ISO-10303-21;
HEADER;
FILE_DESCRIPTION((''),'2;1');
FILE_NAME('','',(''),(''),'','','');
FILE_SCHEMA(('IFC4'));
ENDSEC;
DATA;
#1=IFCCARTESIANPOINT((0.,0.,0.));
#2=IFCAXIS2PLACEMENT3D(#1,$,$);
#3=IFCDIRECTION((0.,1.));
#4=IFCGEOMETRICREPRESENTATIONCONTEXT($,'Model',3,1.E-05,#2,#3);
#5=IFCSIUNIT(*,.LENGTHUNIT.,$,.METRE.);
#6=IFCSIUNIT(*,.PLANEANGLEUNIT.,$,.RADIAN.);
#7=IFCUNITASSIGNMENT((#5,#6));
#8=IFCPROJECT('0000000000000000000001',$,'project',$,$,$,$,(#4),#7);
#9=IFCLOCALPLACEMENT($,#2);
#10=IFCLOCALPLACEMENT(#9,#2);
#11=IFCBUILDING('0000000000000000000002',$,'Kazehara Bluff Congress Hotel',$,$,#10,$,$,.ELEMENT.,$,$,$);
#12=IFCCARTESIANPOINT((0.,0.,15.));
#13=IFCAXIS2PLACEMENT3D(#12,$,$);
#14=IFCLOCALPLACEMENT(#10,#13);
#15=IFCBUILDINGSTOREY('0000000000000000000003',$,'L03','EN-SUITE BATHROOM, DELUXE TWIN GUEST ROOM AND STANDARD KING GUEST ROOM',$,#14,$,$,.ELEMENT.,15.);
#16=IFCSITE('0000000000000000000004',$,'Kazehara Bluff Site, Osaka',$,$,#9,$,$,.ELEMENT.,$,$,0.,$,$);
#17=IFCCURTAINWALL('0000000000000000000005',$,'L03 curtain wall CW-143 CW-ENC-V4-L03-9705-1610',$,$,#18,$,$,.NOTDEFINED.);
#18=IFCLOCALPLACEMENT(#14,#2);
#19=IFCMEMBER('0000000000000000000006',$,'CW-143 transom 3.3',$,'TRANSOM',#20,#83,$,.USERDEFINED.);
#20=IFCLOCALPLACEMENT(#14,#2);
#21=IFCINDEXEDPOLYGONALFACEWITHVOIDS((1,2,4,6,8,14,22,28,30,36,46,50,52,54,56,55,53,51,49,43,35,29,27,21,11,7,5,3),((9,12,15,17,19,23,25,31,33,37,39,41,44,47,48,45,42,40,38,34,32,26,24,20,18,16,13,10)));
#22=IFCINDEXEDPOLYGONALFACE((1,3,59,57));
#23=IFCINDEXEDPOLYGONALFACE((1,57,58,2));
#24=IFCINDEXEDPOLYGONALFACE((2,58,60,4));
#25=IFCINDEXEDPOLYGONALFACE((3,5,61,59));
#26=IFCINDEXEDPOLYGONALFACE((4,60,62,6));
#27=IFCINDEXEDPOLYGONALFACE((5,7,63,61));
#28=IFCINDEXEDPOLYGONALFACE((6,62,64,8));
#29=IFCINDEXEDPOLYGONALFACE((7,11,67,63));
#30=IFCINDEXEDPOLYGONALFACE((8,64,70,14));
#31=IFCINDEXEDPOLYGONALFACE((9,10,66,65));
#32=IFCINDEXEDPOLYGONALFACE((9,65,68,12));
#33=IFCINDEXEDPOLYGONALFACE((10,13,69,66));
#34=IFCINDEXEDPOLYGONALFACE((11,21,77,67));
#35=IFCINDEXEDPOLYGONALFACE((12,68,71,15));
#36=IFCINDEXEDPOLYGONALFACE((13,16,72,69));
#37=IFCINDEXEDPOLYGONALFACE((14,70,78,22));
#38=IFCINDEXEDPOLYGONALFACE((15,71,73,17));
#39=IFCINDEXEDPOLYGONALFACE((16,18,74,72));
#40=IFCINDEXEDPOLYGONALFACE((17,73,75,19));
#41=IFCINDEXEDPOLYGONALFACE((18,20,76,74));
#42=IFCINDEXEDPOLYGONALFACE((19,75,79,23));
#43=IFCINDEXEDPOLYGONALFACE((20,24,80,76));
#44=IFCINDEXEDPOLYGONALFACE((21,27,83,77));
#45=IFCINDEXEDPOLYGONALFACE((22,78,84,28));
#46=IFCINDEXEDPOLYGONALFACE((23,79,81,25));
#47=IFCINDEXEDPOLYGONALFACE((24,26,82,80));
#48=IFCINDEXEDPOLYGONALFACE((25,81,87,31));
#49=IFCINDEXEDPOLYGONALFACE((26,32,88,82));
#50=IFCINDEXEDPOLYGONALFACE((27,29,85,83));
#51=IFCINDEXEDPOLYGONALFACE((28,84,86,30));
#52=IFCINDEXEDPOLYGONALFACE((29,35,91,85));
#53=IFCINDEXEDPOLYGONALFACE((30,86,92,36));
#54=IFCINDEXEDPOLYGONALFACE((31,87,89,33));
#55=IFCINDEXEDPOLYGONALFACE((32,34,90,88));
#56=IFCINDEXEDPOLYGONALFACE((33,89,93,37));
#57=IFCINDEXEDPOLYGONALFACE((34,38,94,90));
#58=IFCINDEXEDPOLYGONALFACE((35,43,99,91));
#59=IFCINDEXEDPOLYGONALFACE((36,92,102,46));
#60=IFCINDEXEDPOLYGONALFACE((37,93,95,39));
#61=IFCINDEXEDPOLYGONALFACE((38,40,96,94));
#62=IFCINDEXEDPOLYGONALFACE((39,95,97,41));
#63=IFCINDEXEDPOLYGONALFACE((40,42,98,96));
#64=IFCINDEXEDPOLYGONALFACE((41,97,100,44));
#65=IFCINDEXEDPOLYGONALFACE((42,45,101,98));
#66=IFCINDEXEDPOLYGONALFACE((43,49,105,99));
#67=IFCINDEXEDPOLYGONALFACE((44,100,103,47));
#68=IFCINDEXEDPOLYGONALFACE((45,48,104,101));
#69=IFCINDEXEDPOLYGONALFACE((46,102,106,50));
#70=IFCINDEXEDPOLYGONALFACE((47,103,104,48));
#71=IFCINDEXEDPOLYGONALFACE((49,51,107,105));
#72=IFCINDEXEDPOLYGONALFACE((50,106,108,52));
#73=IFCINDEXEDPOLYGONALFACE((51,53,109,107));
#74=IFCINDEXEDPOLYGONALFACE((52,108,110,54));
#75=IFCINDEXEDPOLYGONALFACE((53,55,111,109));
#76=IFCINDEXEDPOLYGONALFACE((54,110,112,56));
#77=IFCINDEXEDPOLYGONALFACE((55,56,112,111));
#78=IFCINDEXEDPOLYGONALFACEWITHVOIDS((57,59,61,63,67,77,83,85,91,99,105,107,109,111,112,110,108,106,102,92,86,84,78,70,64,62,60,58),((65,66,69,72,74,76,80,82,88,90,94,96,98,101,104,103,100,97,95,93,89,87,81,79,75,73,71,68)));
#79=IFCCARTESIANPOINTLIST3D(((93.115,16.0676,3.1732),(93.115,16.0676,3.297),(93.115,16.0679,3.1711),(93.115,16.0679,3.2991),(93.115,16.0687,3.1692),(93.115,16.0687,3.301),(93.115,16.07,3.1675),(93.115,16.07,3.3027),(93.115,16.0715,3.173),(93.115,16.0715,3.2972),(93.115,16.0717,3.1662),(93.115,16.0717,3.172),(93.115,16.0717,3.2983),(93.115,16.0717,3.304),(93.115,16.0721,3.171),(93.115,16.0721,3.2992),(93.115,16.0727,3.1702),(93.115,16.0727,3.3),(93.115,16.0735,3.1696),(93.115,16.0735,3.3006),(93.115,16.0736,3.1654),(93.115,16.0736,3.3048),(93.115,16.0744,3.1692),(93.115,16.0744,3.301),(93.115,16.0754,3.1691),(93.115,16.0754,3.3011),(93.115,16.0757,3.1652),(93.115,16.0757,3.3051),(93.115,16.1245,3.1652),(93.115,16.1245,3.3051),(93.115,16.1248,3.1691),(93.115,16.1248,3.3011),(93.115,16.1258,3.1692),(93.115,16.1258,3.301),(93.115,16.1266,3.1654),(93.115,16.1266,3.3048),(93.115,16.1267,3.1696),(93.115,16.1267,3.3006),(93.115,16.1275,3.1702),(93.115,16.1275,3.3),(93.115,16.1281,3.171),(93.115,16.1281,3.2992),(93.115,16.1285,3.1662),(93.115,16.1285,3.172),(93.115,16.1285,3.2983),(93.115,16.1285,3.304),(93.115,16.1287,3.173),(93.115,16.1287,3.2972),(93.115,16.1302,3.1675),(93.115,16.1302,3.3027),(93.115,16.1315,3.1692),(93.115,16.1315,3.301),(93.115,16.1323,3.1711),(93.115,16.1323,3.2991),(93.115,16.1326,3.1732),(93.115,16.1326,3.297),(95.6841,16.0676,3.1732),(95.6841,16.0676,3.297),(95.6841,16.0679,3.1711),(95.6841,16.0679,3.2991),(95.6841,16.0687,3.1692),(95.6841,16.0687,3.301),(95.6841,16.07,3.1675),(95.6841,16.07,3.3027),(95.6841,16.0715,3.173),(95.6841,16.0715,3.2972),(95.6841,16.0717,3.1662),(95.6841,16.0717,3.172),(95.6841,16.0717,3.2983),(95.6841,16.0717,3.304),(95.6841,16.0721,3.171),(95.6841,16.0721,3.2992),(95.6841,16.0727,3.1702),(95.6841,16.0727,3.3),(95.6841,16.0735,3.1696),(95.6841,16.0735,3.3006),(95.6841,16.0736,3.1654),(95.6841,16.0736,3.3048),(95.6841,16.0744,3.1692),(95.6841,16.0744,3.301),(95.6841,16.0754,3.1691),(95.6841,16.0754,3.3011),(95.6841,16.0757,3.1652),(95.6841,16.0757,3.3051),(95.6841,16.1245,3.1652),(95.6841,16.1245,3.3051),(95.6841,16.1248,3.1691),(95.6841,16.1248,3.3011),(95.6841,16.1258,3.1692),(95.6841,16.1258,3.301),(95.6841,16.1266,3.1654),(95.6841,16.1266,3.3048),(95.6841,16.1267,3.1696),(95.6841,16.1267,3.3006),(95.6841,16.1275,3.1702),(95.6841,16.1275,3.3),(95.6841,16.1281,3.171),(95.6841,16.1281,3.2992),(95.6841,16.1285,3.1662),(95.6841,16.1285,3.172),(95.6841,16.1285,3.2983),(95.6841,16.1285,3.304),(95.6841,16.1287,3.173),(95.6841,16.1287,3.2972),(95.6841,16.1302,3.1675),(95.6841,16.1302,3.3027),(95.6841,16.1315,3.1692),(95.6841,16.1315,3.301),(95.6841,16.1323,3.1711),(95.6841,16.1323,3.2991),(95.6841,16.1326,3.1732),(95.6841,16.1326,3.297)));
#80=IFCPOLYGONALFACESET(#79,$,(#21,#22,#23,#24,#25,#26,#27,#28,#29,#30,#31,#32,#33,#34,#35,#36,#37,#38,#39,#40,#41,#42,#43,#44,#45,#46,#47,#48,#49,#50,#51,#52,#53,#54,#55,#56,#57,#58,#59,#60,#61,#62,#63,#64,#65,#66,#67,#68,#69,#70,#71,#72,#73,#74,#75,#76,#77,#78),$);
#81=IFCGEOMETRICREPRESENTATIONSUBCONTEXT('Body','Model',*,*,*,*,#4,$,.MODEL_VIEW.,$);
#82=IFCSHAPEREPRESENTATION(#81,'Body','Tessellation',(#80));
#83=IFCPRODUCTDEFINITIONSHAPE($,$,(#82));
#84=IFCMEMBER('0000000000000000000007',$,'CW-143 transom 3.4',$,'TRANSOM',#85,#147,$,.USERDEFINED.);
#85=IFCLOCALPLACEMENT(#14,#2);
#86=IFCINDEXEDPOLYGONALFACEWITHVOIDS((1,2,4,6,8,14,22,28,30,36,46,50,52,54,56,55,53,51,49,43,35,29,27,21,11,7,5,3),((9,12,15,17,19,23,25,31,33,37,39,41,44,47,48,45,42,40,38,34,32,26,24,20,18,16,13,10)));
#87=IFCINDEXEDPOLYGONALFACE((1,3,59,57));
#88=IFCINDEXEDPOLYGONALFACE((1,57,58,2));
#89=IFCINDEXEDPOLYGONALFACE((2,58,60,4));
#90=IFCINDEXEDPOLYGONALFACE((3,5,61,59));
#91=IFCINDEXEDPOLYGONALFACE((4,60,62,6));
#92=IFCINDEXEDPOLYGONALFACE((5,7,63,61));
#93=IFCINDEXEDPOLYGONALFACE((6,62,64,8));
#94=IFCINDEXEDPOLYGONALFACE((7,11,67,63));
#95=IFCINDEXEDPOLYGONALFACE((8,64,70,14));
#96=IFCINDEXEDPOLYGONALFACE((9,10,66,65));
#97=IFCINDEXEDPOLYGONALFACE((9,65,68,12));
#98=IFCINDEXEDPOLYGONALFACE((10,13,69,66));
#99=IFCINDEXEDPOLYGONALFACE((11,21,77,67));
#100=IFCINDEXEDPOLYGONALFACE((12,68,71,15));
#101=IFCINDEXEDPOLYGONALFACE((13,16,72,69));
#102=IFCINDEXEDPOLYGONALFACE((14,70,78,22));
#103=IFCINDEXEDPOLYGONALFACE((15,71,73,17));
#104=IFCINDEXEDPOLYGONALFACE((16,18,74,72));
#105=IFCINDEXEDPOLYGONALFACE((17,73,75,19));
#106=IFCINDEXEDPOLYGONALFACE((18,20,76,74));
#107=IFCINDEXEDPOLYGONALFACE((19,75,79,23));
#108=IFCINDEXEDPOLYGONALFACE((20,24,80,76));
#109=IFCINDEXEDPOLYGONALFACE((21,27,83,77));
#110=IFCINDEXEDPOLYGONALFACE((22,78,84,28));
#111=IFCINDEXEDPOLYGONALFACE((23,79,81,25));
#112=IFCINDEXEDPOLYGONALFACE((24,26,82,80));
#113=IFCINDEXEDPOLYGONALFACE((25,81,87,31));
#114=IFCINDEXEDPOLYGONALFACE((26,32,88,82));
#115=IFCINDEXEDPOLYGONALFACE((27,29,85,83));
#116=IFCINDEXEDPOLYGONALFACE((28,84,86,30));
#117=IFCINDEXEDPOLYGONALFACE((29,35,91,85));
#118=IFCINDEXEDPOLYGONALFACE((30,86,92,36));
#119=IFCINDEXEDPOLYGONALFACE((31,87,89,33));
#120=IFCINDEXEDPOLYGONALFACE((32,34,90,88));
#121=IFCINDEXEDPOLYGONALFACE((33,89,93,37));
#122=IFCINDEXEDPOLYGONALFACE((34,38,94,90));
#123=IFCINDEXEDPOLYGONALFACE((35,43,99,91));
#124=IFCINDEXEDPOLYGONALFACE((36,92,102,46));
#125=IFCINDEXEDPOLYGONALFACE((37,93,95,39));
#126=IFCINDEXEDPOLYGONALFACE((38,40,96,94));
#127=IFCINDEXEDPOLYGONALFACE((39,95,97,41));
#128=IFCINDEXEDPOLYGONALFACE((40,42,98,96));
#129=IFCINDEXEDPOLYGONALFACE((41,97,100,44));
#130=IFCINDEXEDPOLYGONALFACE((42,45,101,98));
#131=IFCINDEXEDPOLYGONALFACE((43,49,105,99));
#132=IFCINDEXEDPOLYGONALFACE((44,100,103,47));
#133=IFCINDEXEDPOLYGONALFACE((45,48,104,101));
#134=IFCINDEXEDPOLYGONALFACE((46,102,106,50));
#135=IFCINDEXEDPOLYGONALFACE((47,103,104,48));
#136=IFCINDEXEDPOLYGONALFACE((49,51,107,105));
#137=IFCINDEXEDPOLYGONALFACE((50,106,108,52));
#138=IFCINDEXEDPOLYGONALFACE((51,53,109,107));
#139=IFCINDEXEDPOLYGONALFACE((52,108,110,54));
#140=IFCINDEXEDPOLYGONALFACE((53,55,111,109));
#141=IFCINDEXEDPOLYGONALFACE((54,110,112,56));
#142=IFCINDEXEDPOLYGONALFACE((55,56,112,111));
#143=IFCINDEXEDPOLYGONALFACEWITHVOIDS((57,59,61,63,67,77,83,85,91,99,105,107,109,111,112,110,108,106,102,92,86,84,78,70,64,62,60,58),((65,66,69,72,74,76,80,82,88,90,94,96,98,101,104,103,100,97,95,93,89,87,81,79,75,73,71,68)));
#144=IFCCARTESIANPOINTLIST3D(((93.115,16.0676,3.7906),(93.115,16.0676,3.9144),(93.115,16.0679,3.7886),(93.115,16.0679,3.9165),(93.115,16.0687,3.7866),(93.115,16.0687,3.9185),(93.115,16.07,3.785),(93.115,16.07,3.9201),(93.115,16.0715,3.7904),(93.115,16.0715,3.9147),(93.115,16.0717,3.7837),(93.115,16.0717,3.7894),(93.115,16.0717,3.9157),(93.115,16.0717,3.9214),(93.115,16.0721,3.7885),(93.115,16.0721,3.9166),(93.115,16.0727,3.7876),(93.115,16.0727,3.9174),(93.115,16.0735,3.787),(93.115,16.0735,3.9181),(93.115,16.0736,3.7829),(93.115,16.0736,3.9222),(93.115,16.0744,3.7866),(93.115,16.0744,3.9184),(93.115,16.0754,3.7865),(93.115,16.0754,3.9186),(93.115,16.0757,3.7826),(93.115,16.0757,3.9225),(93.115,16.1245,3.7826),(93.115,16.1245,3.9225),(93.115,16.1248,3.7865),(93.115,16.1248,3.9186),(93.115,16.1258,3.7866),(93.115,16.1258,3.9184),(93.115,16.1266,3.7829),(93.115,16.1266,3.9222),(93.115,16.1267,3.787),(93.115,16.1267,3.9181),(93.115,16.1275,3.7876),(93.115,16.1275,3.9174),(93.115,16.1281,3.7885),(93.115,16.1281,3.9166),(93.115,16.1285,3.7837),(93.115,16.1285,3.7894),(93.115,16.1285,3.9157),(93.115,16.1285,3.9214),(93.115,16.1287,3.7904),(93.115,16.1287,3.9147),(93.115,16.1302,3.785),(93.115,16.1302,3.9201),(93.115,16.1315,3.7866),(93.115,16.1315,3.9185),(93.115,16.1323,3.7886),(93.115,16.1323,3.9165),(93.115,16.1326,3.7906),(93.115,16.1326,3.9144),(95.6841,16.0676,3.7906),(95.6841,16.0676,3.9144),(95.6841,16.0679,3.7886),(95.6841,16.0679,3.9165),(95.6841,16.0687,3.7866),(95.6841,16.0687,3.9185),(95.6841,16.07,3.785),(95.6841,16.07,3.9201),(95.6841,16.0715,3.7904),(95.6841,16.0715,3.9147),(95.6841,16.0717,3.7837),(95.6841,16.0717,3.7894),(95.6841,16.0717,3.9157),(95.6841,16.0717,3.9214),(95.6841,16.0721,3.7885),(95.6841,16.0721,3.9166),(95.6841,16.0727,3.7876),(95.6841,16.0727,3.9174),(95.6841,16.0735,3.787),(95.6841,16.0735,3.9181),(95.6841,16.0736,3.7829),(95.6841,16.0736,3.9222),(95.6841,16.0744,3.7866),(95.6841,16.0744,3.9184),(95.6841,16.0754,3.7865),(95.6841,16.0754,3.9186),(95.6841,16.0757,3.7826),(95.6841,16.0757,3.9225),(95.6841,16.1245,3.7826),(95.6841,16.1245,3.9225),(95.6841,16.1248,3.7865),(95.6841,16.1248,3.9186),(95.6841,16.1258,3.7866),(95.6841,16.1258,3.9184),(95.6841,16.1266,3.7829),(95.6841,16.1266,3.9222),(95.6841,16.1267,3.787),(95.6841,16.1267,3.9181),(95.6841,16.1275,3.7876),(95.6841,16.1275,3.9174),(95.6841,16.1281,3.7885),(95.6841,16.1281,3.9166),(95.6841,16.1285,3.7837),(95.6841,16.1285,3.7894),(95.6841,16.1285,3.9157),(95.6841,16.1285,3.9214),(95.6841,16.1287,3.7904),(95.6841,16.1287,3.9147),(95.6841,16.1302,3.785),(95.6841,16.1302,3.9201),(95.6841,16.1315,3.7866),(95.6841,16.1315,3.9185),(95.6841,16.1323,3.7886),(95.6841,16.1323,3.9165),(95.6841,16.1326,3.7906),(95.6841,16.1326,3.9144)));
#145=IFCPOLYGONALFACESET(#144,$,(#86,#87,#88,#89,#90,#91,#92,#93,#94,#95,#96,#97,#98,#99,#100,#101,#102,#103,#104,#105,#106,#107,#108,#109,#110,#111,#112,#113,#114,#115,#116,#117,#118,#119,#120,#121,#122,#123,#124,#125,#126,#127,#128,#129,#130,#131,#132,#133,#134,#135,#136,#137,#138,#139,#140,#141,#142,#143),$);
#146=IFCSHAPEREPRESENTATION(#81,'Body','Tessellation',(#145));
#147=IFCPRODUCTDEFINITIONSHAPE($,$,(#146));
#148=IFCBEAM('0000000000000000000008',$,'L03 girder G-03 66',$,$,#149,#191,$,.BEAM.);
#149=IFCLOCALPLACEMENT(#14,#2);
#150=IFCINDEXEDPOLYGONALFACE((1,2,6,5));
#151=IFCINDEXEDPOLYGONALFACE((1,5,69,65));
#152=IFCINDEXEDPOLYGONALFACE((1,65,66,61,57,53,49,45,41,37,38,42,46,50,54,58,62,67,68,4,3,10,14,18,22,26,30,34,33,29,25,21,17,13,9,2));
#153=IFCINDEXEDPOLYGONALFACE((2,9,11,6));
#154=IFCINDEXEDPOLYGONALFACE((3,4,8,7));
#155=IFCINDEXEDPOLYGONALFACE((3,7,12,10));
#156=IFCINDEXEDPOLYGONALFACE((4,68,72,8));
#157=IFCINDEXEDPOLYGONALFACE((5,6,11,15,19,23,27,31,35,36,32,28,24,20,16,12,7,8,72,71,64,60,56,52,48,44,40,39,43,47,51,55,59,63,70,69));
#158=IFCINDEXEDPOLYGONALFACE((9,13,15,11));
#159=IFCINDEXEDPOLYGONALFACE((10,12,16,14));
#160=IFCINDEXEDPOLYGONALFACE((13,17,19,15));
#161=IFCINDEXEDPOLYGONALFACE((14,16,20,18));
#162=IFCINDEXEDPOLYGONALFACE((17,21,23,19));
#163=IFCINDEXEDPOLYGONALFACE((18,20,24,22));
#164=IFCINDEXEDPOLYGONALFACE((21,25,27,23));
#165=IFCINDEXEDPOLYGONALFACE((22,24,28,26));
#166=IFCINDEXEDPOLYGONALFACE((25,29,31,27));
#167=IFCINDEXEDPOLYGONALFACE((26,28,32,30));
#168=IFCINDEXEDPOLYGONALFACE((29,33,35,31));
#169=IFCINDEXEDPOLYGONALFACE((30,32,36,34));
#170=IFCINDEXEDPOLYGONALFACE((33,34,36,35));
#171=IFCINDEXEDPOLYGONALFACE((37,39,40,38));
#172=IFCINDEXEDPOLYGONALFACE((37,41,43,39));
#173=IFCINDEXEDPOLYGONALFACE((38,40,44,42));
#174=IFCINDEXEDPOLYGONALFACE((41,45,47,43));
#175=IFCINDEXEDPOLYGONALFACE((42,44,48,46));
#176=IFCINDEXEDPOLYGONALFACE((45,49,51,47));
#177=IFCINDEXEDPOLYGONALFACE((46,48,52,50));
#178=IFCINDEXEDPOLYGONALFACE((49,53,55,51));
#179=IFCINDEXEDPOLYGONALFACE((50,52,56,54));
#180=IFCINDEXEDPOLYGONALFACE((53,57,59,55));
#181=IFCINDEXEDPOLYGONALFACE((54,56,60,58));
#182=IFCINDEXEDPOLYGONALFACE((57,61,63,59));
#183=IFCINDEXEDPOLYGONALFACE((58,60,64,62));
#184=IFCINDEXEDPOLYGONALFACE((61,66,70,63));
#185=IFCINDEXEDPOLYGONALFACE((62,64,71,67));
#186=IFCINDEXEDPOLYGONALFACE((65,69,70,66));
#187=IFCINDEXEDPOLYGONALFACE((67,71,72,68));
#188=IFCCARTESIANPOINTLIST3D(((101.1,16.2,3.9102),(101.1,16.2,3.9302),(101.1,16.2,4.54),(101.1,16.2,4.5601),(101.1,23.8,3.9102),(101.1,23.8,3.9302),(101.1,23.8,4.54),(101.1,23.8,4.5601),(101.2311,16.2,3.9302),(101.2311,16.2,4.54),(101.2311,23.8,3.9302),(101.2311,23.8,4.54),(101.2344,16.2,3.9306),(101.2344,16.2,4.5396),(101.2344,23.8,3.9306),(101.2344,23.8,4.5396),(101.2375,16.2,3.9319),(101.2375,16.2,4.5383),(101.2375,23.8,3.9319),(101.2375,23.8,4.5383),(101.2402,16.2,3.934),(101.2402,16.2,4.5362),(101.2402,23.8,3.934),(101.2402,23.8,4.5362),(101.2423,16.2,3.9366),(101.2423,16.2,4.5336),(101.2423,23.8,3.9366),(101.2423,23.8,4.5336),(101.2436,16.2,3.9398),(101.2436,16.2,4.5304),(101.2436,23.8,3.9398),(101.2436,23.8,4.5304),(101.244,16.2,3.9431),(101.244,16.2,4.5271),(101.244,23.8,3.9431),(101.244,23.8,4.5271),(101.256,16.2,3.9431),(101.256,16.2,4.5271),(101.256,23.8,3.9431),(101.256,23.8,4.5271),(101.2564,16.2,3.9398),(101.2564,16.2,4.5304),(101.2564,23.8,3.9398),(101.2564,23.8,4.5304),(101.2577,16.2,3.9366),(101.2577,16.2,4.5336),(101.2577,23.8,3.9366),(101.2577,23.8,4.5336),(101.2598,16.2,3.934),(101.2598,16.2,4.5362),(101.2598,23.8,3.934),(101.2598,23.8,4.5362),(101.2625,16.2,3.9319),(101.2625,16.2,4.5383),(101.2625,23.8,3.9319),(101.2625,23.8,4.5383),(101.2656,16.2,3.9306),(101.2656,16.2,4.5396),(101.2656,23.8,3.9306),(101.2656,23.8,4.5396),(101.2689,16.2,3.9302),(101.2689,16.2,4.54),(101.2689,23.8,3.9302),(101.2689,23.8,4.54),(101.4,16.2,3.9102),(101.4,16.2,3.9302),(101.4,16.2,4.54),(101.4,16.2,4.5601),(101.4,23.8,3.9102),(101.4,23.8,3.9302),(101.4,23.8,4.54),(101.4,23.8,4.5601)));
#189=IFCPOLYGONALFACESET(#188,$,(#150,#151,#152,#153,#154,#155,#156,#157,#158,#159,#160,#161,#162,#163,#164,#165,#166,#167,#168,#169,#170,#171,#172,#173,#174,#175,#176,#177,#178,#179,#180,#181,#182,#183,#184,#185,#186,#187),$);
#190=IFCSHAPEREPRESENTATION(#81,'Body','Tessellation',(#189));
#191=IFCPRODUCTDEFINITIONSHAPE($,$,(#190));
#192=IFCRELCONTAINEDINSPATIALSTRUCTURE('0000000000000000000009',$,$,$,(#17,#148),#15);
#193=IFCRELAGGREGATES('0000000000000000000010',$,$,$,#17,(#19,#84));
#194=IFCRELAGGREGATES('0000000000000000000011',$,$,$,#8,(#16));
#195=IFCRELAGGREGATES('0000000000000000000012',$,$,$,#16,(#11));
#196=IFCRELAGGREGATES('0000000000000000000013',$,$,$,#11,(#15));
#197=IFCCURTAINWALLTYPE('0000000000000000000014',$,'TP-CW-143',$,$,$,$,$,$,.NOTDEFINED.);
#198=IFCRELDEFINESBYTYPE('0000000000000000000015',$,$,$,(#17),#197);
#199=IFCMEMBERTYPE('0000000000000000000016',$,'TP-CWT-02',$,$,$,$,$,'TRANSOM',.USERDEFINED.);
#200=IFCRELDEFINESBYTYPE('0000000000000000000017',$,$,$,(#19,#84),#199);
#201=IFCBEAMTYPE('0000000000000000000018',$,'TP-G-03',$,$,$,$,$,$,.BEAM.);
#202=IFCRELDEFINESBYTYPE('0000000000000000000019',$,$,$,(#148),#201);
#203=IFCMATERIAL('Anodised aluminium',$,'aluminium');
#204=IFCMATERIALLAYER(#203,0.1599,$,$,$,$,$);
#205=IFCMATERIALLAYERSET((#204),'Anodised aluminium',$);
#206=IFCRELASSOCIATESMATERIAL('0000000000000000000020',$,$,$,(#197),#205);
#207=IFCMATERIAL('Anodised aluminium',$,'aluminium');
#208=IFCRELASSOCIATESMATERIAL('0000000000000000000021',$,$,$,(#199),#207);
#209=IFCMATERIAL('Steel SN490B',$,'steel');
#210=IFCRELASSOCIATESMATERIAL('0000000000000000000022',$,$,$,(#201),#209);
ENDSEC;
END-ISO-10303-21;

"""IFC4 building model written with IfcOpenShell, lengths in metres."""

from ifc_helpers import new_model, si_unit, direction, frame, origin, origin_2d, place, context, subcontext, project, spatial, hollow_rectangle, i_section, extrude, material, layer, layer_set, material_profile, profile_set, type_object, element, aggregate, save


model = new_model("IFC4")

# Units and contexts
model_context = context("Model", 3, precision=1e-05, world=origin(), true_north=direction((0.0, 1.0)))
body_context = subcontext(model_context, "Body", "Model", "MODEL_VIEW")
ifc_project = project(units=[si_unit("LENGTHUNIT", "METRE"), si_unit("PLANEANGLEUNIT", "RADIAN")], contexts=[model_context])

# Site, building, storey
site_placement = place(None, origin())
site = spatial("IfcSite", under=ifc_project, at=site_placement, Name="Kazehara Bluff Site, Osaka", CompositionType="ELEMENT", RefElevation=0.0)
building_placement = place(site_placement, origin())
building = spatial("IfcBuilding", under=site, at=building_placement, Name="Kazehara Bluff Congress Hotel", CompositionType="ELEMENT")
storey_placement = place(building_placement, frame((0.0, 0.0, 15.0)))
storey = spatial("IfcBuildingStorey", under=building, at=storey_placement, Name="L03", Description="EN-SUITE BATHROOM, DELUXE TWIN GUEST ROOM AND STANDARD KING GUEST ROOM", CompositionType="ELEMENT", Elevation=15.0)

# Curtain wall
ifc_material_1 = material(Name="Anodised aluminium", Category="aluminium")
ifc_layer_1 = layer(ifc_material_1, 0.1599)
ifc_layer_set_1 = layer_set([ifc_layer_1], Name="Anodised aluminium")
curtain_wall_type_1 = type_object("IfcCurtainWallType", Name="TP-CW-143", PredefinedType="NOTDEFINED", material=ifc_layer_set_1)
curtain_wall_1_placement = place(storey_placement, origin())
curtain_wall_1 = element("IfcCurtainWall", 1, at=curtain_wall_1_placement, inside=storey, type_object=curtain_wall_type_1, Name="L03 curtain wall CW-143 CW-ENC-V4-L03-9705-1610", PredefinedType="NOTDEFINED")

# Members
ifc_material_2 = material(Name="Anodised aluminium", Category="aluminium")
ifc_material_profile_1 = material_profile(ifc_material_2, hollow_rectangle(XDim=0.0649, YDim=0.1399, WallThickness=0.0039, InnerFilletRadius=0.0039, OuterFilletRadius=0.0081, at=origin_2d()))
ifc_profile_set_1 = profile_set([ifc_material_profile_1], Name="Anodised aluminium")
member_type_1 = type_object("IfcMemberType", Name="TP-CWT-02", ElementType="TRANSOM", PredefinedType="USERDEFINED", material=ifc_profile_set_1)
member_1_placement = place(storey_placement, frame((95.6841, 16.1001, 3.2351), z_axis=(-1.0, 0.0, 0.0), x_axis=(0.0, -1.0, 0.0)))
member_1 = element("IfcMember", 2, at=member_1_placement, type_object=member_type_1, Name="CW-143 transom 3.3", ObjectType="TRANSOM", PredefinedType="USERDEFINED", context=body_context, shape_type="SweptSolid", body=[
    extrude(hollow_rectangle(XDim=0.0649, YDim=0.1399, WallThickness=0.0039, InnerFilletRadius=0.0039, OuterFilletRadius=0.0081, at=origin_2d()), origin(), (0.0, 0.0, 1.0), 2.5691),
])
member_2_placement = place(storey_placement, frame((95.6841, 16.1001, 3.8525), z_axis=(-1.0, 0.0, 0.0), x_axis=(0.0, -1.0, 0.0)))
member_2 = element("IfcMember", 3, at=member_2_placement, type_object=member_type_1, Name="CW-143 transom 3.4", ObjectType="TRANSOM", PredefinedType="USERDEFINED", context=body_context, shape_type="SweptSolid", body=[
    extrude(hollow_rectangle(XDim=0.0649, YDim=0.1399, WallThickness=0.0039, InnerFilletRadius=0.0039, OuterFilletRadius=0.0081, at=origin_2d()), origin(), (0.0, 0.0, 1.0), 2.5691),
])

# Beam
ifc_material_3 = material(Name="Steel SN490B", Category="steel")
ifc_material_profile_2 = material_profile(ifc_material_3, i_section(OverallWidth=0.3, OverallDepth=0.6499, WebThickness=0.012, FlangeThickness=0.02, FilletRadius=0.0129, at=origin_2d()))
ifc_profile_set_2 = profile_set([ifc_material_profile_2], Name="Steel SN490B")
beam_type = type_object("IfcBeamType", Name="TP-G-03", PredefinedType="BEAM", material=ifc_profile_set_2)
beam_placement = place(storey_placement, frame((101.25, 16.2, 4.2351), z_axis=(0.0, 1.0, 0.0), x_axis=(-1.0, 0.0, 0.0)))
element("IfcBeam", 4, at=beam_placement, inside=storey, type_object=beam_type, Name="L03 girder G-03 66", PredefinedType="BEAM", context=body_context, shape_type="SweptSolid", body=[
    extrude(i_section(OverallWidth=0.3, OverallDepth=0.6499, WebThickness=0.012, FlangeThickness=0.02, FilletRadius=0.0129, at=origin_2d()), origin(), (0.0, 0.0, 1.0), 7.6001),
])

aggregate(curtain_wall_1, [member_1, member_2])

save(model, "model.ifc")
